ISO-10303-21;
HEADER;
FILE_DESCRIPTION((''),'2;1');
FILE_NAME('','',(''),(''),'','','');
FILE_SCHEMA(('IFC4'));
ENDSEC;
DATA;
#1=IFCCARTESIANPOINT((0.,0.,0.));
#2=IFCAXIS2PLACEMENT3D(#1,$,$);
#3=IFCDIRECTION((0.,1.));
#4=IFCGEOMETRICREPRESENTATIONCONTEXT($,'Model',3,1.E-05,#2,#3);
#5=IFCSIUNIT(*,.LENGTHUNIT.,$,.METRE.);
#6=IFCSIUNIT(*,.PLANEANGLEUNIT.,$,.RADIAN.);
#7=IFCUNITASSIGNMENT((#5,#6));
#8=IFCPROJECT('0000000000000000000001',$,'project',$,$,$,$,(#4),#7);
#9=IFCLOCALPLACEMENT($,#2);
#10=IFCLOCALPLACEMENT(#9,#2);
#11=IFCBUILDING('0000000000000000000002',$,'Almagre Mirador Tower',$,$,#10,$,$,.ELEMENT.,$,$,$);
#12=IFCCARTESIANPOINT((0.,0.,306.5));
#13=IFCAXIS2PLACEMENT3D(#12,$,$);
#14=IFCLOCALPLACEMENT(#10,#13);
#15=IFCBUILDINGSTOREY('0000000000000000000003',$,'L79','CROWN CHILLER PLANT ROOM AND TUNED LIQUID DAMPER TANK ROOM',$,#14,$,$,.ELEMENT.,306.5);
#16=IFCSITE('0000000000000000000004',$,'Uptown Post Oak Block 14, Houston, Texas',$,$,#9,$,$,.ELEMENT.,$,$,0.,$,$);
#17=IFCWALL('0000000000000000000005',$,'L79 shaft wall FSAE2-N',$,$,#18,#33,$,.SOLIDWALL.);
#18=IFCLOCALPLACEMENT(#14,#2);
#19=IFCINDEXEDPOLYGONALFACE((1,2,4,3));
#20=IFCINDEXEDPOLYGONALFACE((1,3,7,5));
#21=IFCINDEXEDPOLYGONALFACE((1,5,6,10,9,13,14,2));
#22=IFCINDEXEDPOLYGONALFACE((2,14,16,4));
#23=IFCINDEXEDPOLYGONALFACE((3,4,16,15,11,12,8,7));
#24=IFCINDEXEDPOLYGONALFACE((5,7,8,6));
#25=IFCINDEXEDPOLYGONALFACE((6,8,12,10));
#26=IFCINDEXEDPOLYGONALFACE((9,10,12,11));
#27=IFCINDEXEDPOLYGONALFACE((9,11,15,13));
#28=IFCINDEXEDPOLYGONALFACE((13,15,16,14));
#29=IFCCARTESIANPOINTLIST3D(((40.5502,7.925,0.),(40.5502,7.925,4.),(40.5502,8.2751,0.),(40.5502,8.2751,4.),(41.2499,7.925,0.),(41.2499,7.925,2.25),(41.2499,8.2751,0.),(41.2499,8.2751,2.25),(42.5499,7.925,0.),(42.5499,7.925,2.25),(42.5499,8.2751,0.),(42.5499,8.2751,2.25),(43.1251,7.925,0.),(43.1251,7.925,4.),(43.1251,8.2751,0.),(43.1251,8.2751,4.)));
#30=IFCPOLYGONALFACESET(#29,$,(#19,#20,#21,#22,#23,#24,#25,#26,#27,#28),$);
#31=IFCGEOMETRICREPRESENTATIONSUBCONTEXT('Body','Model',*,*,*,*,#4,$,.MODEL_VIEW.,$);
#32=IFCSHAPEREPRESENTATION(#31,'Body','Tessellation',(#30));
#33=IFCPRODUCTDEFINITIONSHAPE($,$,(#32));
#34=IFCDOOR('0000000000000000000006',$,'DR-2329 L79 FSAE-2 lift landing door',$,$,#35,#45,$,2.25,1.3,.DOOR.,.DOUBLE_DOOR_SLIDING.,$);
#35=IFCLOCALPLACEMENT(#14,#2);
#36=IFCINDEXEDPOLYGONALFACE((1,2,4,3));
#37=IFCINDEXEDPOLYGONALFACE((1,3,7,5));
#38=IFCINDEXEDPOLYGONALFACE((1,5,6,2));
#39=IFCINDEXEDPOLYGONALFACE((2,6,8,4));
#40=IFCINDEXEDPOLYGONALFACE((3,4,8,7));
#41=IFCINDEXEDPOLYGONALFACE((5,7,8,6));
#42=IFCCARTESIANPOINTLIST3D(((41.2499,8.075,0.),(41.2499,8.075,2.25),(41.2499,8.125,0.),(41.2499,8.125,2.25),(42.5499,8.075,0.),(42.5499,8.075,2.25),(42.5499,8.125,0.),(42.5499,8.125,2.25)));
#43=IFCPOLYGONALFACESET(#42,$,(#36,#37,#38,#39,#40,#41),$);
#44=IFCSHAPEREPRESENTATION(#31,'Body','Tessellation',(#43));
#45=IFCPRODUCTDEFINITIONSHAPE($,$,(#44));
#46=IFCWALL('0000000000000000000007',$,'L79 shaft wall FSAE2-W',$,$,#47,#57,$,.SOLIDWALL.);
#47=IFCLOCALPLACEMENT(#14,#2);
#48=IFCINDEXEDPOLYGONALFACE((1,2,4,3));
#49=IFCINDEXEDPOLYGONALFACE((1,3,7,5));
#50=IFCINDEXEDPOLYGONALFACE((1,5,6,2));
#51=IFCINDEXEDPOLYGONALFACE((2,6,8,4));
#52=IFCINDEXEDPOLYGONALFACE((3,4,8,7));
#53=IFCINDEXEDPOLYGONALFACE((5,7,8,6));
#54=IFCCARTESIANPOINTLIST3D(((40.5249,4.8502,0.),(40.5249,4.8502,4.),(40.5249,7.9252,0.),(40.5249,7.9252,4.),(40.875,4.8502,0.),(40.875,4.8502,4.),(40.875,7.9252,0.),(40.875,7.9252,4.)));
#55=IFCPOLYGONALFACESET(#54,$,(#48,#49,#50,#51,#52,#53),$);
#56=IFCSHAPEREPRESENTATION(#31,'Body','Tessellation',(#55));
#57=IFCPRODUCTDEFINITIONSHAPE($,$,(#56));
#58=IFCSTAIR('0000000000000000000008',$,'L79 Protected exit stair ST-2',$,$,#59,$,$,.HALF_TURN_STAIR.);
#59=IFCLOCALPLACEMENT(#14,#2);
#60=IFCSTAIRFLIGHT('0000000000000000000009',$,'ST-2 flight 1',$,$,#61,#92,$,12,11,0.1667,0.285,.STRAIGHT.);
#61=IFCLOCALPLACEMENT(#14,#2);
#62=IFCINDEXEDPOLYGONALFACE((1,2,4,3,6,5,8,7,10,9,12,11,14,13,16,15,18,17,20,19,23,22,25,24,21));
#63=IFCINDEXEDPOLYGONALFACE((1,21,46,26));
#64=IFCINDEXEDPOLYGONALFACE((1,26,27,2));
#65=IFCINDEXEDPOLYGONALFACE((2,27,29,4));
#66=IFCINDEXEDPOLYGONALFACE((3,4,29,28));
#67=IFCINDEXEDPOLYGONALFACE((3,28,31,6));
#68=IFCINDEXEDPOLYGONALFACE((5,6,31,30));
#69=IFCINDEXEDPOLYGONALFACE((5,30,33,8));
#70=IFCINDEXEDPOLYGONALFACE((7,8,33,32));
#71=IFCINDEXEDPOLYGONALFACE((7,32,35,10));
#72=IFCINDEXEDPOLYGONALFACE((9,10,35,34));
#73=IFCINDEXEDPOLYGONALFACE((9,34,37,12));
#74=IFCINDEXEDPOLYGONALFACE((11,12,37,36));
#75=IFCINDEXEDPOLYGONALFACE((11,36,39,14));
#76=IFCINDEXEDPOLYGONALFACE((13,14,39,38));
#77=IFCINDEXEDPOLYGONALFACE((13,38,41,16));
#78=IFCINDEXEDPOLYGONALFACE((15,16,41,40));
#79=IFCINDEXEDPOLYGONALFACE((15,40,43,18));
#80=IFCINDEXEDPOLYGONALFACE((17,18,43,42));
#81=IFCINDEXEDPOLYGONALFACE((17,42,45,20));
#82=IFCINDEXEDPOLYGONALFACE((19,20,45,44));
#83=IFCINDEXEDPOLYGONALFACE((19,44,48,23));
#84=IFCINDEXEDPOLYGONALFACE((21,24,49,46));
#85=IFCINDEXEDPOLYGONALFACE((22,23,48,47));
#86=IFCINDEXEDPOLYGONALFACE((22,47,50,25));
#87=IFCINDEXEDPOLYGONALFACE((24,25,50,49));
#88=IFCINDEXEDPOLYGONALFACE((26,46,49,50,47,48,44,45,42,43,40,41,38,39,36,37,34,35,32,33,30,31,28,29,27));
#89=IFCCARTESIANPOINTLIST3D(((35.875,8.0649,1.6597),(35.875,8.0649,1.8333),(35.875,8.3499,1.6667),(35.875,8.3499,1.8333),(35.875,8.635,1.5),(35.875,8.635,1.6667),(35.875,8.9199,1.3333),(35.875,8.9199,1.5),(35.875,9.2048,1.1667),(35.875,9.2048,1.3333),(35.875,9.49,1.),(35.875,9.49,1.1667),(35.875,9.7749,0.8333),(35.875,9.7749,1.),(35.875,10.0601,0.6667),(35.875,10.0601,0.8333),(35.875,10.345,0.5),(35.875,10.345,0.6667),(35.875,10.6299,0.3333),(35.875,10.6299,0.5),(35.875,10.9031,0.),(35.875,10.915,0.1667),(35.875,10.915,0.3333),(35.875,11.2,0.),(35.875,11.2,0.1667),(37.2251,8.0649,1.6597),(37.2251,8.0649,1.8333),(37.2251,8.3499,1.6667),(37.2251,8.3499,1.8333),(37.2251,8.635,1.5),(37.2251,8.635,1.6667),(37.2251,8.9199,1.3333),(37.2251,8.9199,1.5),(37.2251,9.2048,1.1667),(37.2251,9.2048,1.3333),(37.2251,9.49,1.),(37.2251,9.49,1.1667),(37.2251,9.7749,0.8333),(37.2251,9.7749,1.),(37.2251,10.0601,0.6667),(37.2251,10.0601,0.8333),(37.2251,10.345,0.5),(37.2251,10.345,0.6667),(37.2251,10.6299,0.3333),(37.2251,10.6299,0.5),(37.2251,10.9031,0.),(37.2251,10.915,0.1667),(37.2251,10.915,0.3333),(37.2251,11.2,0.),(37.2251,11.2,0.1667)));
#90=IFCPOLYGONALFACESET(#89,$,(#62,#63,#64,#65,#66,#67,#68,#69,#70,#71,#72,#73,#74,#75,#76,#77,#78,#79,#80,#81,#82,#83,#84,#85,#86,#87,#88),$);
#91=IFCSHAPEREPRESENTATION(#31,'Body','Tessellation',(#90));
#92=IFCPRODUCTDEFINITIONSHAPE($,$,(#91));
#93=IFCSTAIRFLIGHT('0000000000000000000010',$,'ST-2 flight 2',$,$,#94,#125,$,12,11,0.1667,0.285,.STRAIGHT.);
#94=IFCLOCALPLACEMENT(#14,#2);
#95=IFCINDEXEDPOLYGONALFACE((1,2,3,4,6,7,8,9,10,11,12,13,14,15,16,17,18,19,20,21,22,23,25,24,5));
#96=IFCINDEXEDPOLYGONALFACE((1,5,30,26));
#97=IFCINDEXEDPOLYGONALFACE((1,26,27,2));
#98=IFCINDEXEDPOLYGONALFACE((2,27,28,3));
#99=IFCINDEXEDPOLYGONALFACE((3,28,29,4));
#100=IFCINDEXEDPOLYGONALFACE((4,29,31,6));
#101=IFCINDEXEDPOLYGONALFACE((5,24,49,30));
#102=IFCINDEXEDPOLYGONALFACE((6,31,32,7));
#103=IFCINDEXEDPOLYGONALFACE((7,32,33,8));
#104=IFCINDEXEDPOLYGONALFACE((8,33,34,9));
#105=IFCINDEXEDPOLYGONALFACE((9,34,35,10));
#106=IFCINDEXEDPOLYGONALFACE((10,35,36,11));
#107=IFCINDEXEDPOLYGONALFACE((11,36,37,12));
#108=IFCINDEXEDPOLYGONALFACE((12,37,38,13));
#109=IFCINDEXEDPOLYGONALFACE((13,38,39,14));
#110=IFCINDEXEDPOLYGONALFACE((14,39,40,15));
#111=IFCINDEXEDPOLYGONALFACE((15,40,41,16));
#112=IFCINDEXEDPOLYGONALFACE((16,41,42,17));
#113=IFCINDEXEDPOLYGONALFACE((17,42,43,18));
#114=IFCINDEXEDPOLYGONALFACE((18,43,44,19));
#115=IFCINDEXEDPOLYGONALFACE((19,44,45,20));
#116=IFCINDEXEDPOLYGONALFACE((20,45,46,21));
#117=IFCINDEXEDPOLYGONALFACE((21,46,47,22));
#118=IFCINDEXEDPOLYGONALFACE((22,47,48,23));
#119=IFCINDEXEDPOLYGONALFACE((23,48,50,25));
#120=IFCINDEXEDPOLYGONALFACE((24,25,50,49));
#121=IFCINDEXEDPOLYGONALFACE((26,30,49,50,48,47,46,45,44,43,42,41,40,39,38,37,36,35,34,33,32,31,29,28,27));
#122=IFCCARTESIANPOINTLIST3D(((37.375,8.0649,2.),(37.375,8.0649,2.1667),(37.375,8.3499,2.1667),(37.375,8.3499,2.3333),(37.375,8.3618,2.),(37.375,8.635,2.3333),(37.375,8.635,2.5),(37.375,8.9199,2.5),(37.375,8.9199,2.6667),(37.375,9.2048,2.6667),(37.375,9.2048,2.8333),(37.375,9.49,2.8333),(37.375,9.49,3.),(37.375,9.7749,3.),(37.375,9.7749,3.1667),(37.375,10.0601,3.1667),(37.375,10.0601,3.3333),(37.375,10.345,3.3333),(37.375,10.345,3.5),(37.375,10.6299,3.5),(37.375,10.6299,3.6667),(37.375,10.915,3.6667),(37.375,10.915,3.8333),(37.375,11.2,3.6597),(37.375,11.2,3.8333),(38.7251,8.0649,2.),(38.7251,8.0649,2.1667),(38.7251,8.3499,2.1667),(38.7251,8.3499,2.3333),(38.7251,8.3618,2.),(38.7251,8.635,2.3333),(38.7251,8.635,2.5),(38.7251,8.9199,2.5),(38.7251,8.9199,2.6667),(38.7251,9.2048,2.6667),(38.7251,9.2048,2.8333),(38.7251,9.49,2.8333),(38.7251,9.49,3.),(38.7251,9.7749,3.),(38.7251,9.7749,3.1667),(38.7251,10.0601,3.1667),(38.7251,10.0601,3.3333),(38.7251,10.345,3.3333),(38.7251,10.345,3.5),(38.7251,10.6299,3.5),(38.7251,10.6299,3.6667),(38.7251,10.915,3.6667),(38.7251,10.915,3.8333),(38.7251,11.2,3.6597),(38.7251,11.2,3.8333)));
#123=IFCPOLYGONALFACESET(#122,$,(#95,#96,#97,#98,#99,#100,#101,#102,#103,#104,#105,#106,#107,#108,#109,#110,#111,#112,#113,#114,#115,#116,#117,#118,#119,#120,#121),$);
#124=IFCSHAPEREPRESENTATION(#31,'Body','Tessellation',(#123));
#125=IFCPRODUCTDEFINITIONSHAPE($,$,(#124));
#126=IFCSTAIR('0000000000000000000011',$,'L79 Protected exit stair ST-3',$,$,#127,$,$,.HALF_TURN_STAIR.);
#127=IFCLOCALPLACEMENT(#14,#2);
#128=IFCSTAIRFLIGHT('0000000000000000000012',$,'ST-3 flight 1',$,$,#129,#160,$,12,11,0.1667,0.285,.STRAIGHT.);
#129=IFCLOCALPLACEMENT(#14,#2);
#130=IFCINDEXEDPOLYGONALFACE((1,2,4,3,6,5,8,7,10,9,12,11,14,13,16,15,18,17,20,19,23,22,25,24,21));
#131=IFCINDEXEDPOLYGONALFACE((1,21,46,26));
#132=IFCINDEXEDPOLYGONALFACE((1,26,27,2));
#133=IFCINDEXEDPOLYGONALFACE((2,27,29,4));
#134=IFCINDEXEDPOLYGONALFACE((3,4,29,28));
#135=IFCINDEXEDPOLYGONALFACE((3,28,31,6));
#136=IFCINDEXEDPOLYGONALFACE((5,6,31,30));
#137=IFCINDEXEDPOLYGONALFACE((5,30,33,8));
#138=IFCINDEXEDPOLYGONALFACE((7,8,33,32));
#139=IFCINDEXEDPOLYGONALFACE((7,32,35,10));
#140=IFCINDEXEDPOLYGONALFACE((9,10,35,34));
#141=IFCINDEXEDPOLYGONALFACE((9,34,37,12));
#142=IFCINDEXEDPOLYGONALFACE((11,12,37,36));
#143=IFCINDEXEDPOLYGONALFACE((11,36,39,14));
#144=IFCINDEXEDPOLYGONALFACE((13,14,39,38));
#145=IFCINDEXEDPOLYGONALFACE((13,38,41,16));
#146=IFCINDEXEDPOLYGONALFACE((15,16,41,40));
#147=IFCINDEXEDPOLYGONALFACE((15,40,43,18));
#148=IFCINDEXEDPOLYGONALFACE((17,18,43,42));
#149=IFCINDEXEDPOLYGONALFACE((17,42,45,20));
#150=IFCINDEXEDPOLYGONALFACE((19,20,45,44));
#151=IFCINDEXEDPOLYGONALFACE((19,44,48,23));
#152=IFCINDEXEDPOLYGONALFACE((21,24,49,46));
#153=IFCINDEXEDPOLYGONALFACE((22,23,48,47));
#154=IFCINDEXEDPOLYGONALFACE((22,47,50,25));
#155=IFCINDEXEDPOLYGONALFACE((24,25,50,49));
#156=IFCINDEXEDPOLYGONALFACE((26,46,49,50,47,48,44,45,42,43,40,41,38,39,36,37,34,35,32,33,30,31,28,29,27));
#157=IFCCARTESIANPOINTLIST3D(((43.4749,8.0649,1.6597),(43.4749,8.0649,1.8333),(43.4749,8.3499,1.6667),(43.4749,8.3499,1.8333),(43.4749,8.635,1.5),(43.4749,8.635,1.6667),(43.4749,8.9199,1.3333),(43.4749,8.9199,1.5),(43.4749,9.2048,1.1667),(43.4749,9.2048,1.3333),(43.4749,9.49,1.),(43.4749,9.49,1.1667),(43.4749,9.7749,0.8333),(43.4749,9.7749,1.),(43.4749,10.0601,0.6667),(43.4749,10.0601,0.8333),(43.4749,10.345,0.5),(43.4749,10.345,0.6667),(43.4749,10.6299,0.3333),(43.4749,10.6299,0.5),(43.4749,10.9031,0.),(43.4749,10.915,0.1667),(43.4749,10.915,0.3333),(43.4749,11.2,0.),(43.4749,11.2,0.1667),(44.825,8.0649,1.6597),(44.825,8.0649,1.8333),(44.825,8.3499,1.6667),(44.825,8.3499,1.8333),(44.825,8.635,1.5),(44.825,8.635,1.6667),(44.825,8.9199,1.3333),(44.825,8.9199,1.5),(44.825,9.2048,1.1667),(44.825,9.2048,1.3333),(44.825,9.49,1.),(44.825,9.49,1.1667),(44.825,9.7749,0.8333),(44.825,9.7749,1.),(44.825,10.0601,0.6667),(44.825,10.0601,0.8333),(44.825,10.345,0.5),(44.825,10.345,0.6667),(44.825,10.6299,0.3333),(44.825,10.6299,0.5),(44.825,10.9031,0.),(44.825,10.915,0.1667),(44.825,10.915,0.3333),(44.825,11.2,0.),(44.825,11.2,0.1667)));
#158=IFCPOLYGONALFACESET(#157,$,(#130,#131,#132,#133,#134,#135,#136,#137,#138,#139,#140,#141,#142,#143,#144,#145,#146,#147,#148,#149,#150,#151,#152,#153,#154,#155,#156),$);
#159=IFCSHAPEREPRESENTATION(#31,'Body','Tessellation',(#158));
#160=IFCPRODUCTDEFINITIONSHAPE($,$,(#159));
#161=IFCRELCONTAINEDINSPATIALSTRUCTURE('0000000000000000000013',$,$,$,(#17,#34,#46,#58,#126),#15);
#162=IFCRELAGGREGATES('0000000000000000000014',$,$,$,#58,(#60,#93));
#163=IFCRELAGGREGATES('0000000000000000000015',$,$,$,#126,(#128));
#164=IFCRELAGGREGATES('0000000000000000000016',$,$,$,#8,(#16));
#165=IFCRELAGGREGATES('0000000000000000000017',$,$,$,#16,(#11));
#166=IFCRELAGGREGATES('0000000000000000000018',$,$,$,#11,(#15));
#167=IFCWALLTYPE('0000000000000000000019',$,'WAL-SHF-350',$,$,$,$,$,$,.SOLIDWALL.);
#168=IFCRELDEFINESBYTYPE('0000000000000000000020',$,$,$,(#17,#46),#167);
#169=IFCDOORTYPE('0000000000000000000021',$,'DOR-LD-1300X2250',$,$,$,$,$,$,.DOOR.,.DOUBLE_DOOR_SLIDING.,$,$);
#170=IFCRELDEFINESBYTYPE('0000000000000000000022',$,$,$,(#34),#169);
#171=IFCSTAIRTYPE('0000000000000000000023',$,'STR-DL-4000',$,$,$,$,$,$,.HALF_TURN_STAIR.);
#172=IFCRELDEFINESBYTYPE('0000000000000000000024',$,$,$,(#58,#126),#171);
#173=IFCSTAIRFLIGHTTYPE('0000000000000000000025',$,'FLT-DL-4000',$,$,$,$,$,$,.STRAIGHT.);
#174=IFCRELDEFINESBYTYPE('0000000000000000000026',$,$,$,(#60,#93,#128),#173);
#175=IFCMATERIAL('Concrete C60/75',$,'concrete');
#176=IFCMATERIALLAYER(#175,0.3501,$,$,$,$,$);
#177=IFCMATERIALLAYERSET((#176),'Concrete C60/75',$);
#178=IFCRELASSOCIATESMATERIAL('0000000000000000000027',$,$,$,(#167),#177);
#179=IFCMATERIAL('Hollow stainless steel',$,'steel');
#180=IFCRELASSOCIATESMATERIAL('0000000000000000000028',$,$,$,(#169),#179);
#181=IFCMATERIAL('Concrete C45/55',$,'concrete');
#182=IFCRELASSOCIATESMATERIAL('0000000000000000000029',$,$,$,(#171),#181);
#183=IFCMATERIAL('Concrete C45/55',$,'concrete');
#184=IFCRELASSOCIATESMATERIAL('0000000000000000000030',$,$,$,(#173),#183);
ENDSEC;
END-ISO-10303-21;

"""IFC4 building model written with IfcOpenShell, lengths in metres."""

from ifc_helpers import new_model, si_unit, direction, frame, frame_2d, origin, place, context, subcontext, project, spatial, polyline, rectangle, outline, extrude, material, layer, layer_set, type_object, element, fill, aggregate, save


model = new_model("IFC4")

# Units and contexts
model_context = context("Model", 3, precision=1e-05, world=origin(), true_north=direction((0.0, 1.0)))
body_context = subcontext(model_context, "Body", "Model", "MODEL_VIEW")
ifc_project = project(units=[si_unit("LENGTHUNIT", "METRE"), si_unit("PLANEANGLEUNIT", "RADIAN")], contexts=[model_context])

# Site, building, storey
site_placement = place(None, origin())
site = spatial("IfcSite", under=ifc_project, at=site_placement, Name="Uptown Post Oak Block 14, Houston, Texas", CompositionType="ELEMENT", RefElevation=0.0)
building_placement = place(site_placement, origin())
building = spatial("IfcBuilding", under=site, at=building_placement, Name="Almagre Mirador Tower", CompositionType="ELEMENT")
storey_placement = place(building_placement, frame((0.0, 0.0, 306.5)))
storey = spatial("IfcBuildingStorey", under=building, at=storey_placement, Name="L79", Description="CROWN CHILLER PLANT ROOM AND TUNED LIQUID DAMPER TANK ROOM", CompositionType="ELEMENT", Elevation=306.5)

# Shared definitions
ifc_material_1 = material(Name="Concrete C60/75", Category="concrete")
ifc_layer_1 = layer(ifc_material_1, 0.3501)
ifc_layer_set_1 = layer_set([ifc_layer_1], Name="Concrete C60/75")
wall_type_1 = type_object("IfcWallType", Name="WAL-SHF-350", PredefinedType="SOLIDWALL", material=ifc_layer_set_1)

# Wall, opening, door
wall_1_placement = place(storey_placement, frame((40.55, 8.1001, 0.0), z_axis=(0.0, 0.0, 1.0), x_axis=(1.0, 0.0, 0.0)))
wall_1 = element("IfcWall", 1, at=wall_1_placement, inside=storey, type_object=wall_type_1, Name="L79 shaft wall FSAE2-N", PredefinedType="SOLIDWALL", context=body_context, shape_type="SweptSolid", body=[
    extrude(rectangle(XDim=2.575, YDim=0.3501, at=frame_2d((1.2876, 0.0))), origin(), (0.0, 0.0, 1.0), 4.0),
])
opening_1_placement = place(wall_1_placement, frame((0.7, 0.0, 0.0)))
opening_1 = element("IfcOpeningElement", 2, at=opening_1_placement, cuts=wall_1, PredefinedType="OPENING", context=body_context, shape_type="SweptSolid", body=[
    extrude(rectangle(XDim=1.3, YDim=2.25, at=frame_2d((0.6499, 1.125))), frame((0.0, 0.185, 0.0), z_axis=(0.0, -1.0, 0.0), x_axis=(1.0, 0.0, 0.0)), (0.0, 0.0, 1.0), 0.3701),
])
ifc_material_2 = material(Name="Hollow stainless steel", Category="steel")
door_type_1 = type_object("IfcDoorType", Name="DOR-LD-1300X2250", OperationType="DOUBLE_DOOR_SLIDING", PredefinedType="DOOR", material=ifc_material_2)
door_1_placement = place(opening_1_placement, origin())
door_1 = element("IfcDoor", 3, at=door_1_placement, inside=storey, type_object=door_type_1, Name="DR-2329 L79 FSAE-2 lift landing door", OperationType="DOUBLE_DOOR_SLIDING", OverallHeight=2.25, OverallWidth=1.3, PredefinedType="DOOR", context=body_context, shape_type="SweptSolid", body=[
    extrude(rectangle(XDim=1.3, YDim=2.25, at=frame_2d((0.6499, 1.125))), frame((0.0, 0.0249, 0.0), z_axis=(0.0, -1.0, 0.0), x_axis=(1.0, 0.0, 0.0)), (0.0, 0.0, 1.0), 0.05),
])
fill(opening_1, door_1)

# Wall
wall_2_placement = place(storey_placement, frame((40.7, 4.8501, 0.0), z_axis=(0.0, 0.0, 1.0), x_axis=(0.0, 1.0, 0.0)))
element("IfcWall", 4, at=wall_2_placement, inside=storey, type_object=wall_type_1, Name="L79 shaft wall FSAE2-W", PredefinedType="SOLIDWALL", context=body_context, shape_type="SweptSolid", body=[
    extrude(rectangle(XDim=3.075, YDim=0.3501, at=frame_2d((1.5376, 0.0))), origin(), (0.0, 0.0, 1.0), 4.0),
])

# Stairs, stair flights
ifc_material_3 = material(Name="Concrete C45/55", Category="concrete")
stair_type = type_object("IfcStairType", Name="STR-DL-4000", PredefinedType="HALF_TURN_STAIR", material=ifc_material_3)
stair_1_placement = place(storey_placement, origin())
stair_1 = element("IfcStair", 5, at=stair_1_placement, inside=storey, type_object=stair_type, Name="L79 Protected exit stair ST-2", PredefinedType="HALF_TURN_STAIR")
ifc_material_4 = material(Name="Concrete C45/55", Category="concrete")
stair_flight_type = type_object("IfcStairFlightType", Name="FLT-DL-4000", PredefinedType="STRAIGHT", material=ifc_material_4)
stair_flight_1_placement = place(storey_placement, frame((36.55, 11.2, 0.0), z_axis=(0.0, 0.0, 1.0), x_axis=(0.0, -1.0, 0.0)))
stair_flight_1 = element("IfcStairFlight", 6, at=stair_flight_1_placement, type_object=stair_flight_type, Name="ST-2 flight 1", NumberOfRisers=12, NumberOfTreads=11, PredefinedType="STRAIGHT", RiserHeight=0.1667, TreadLength=0.285, context=body_context, shape_type="SweptSolid", body=[
    extrude(outline(polyline([(0.0, 0.0), (0.0, 0.1667), (0.2849, 0.1667), (0.2849, 0.3333), (0.5701, 0.3333), (0.5701, 0.5), (0.855, 0.5), (0.855, 0.6667), (1.1399, 0.6667), (1.1399, 0.8333), (1.425, 0.8333), (1.425, 1.0), (1.71, 1.0), (1.71, 1.1667), (1.9951, 1.1667), (1.9951, 1.3333), (2.28, 1.3333), (2.28, 1.5), (2.5649, 1.5), (2.5649, 1.6667), (2.8501, 1.6667), (2.8501, 1.8333), (3.135, 1.8333), (3.135, 2.0), (3.135, 1.6597), (0.2969, 0.0), (0.0, 0.0)])), frame((0.0, 0.675, 0.0), z_axis=(0.0, -1.0, 0.0), x_axis=(1.0, 0.0, 0.0)), (0.0, 0.0, 1.0), 1.3501),
])
stair_flight_2_placement = place(storey_placement, frame((38.05, 8.0649, 2.0), z_axis=(0.0, 0.0, 1.0), x_axis=(0.0, 1.0, 0.0)))
stair_flight_2 = element("IfcStairFlight", 7, at=stair_flight_2_placement, type_object=stair_flight_type, Name="ST-2 flight 2", NumberOfRisers=12, NumberOfTreads=11, PredefinedType="STRAIGHT", RiserHeight=0.1667, TreadLength=0.285, context=body_context, shape_type="SweptSolid", body=[
    extrude(outline(polyline([(0.0, 0.0), (0.0, 0.1667), (0.2849, 0.1667), (0.2849, 0.3333), (0.5701, 0.3333), (0.5701, 0.5), (0.855, 0.5), (0.855, 0.6667), (1.1399, 0.6667), (1.1399, 0.8333), (1.425, 0.8333), (1.425, 1.0), (1.71, 1.0), (1.71, 1.1667), (1.9951, 1.1667), (1.9951, 1.3333), (2.28, 1.3333), (2.28, 1.5), (2.5649, 1.5), (2.5649, 1.6667), (2.8501, 1.6667), (2.8501, 1.8333), (3.135, 1.8333), (3.135, 2.0), (3.135, 1.6597), (0.2969, 0.0), (0.0, 0.0)])), frame((0.0, 0.675, 0.0), z_axis=(0.0, -1.0, 0.0), x_axis=(1.0, 0.0, 0.0)), (0.0, 0.0, 1.0), 1.3501),
])
aggregate(stair_1, [stair_flight_1, stair_flight_2])
stair_2_placement = place(storey_placement, origin())
stair_2 = element("IfcStair", 8, at=stair_2_placement, inside=storey, type_object=stair_type, Name="L79 Protected exit stair ST-3", PredefinedType="HALF_TURN_STAIR")
stair_flight_3_placement = place(storey_placement, frame((44.1499, 11.2, 0.0), z_axis=(0.0, 0.0, 1.0), x_axis=(0.0, -1.0, 0.0)))
stair_flight_3 = element("IfcStairFlight", 9, at=stair_flight_3_placement, type_object=stair_flight_type, Name="ST-3 flight 1", NumberOfRisers=12, NumberOfTreads=11, PredefinedType="STRAIGHT", RiserHeight=0.1667, TreadLength=0.285, context=body_context, shape_type="SweptSolid", body=[
    extrude(outline(polyline([(0.0, 0.0), (0.0, 0.1667), (0.2849, 0.1667), (0.2849, 0.3333), (0.5701, 0.3333), (0.5701, 0.5), (0.855, 0.5), (0.855, 0.6667), (1.1399, 0.6667), (1.1399, 0.8333), (1.425, 0.8333), (1.425, 1.0), (1.71, 1.0), (1.71, 1.1667), (1.9951, 1.1667), (1.9951, 1.3333), (2.28, 1.3333), (2.28, 1.5), (2.5649, 1.5), (2.5649, 1.6667), (2.8501, 1.6667), (2.8501, 1.8333), (3.135, 1.8333), (3.135, 2.0), (3.135, 1.6597), (0.2969, 0.0), (0.0, 0.0)])), frame((0.0, 0.675, 0.0), z_axis=(0.0, -1.0, 0.0), x_axis=(1.0, 0.0, 0.0)), (0.0, 0.0, 1.0), 1.3501),
])
aggregate(stair_2, [stair_flight_3])

save(model, "model.ifc")
